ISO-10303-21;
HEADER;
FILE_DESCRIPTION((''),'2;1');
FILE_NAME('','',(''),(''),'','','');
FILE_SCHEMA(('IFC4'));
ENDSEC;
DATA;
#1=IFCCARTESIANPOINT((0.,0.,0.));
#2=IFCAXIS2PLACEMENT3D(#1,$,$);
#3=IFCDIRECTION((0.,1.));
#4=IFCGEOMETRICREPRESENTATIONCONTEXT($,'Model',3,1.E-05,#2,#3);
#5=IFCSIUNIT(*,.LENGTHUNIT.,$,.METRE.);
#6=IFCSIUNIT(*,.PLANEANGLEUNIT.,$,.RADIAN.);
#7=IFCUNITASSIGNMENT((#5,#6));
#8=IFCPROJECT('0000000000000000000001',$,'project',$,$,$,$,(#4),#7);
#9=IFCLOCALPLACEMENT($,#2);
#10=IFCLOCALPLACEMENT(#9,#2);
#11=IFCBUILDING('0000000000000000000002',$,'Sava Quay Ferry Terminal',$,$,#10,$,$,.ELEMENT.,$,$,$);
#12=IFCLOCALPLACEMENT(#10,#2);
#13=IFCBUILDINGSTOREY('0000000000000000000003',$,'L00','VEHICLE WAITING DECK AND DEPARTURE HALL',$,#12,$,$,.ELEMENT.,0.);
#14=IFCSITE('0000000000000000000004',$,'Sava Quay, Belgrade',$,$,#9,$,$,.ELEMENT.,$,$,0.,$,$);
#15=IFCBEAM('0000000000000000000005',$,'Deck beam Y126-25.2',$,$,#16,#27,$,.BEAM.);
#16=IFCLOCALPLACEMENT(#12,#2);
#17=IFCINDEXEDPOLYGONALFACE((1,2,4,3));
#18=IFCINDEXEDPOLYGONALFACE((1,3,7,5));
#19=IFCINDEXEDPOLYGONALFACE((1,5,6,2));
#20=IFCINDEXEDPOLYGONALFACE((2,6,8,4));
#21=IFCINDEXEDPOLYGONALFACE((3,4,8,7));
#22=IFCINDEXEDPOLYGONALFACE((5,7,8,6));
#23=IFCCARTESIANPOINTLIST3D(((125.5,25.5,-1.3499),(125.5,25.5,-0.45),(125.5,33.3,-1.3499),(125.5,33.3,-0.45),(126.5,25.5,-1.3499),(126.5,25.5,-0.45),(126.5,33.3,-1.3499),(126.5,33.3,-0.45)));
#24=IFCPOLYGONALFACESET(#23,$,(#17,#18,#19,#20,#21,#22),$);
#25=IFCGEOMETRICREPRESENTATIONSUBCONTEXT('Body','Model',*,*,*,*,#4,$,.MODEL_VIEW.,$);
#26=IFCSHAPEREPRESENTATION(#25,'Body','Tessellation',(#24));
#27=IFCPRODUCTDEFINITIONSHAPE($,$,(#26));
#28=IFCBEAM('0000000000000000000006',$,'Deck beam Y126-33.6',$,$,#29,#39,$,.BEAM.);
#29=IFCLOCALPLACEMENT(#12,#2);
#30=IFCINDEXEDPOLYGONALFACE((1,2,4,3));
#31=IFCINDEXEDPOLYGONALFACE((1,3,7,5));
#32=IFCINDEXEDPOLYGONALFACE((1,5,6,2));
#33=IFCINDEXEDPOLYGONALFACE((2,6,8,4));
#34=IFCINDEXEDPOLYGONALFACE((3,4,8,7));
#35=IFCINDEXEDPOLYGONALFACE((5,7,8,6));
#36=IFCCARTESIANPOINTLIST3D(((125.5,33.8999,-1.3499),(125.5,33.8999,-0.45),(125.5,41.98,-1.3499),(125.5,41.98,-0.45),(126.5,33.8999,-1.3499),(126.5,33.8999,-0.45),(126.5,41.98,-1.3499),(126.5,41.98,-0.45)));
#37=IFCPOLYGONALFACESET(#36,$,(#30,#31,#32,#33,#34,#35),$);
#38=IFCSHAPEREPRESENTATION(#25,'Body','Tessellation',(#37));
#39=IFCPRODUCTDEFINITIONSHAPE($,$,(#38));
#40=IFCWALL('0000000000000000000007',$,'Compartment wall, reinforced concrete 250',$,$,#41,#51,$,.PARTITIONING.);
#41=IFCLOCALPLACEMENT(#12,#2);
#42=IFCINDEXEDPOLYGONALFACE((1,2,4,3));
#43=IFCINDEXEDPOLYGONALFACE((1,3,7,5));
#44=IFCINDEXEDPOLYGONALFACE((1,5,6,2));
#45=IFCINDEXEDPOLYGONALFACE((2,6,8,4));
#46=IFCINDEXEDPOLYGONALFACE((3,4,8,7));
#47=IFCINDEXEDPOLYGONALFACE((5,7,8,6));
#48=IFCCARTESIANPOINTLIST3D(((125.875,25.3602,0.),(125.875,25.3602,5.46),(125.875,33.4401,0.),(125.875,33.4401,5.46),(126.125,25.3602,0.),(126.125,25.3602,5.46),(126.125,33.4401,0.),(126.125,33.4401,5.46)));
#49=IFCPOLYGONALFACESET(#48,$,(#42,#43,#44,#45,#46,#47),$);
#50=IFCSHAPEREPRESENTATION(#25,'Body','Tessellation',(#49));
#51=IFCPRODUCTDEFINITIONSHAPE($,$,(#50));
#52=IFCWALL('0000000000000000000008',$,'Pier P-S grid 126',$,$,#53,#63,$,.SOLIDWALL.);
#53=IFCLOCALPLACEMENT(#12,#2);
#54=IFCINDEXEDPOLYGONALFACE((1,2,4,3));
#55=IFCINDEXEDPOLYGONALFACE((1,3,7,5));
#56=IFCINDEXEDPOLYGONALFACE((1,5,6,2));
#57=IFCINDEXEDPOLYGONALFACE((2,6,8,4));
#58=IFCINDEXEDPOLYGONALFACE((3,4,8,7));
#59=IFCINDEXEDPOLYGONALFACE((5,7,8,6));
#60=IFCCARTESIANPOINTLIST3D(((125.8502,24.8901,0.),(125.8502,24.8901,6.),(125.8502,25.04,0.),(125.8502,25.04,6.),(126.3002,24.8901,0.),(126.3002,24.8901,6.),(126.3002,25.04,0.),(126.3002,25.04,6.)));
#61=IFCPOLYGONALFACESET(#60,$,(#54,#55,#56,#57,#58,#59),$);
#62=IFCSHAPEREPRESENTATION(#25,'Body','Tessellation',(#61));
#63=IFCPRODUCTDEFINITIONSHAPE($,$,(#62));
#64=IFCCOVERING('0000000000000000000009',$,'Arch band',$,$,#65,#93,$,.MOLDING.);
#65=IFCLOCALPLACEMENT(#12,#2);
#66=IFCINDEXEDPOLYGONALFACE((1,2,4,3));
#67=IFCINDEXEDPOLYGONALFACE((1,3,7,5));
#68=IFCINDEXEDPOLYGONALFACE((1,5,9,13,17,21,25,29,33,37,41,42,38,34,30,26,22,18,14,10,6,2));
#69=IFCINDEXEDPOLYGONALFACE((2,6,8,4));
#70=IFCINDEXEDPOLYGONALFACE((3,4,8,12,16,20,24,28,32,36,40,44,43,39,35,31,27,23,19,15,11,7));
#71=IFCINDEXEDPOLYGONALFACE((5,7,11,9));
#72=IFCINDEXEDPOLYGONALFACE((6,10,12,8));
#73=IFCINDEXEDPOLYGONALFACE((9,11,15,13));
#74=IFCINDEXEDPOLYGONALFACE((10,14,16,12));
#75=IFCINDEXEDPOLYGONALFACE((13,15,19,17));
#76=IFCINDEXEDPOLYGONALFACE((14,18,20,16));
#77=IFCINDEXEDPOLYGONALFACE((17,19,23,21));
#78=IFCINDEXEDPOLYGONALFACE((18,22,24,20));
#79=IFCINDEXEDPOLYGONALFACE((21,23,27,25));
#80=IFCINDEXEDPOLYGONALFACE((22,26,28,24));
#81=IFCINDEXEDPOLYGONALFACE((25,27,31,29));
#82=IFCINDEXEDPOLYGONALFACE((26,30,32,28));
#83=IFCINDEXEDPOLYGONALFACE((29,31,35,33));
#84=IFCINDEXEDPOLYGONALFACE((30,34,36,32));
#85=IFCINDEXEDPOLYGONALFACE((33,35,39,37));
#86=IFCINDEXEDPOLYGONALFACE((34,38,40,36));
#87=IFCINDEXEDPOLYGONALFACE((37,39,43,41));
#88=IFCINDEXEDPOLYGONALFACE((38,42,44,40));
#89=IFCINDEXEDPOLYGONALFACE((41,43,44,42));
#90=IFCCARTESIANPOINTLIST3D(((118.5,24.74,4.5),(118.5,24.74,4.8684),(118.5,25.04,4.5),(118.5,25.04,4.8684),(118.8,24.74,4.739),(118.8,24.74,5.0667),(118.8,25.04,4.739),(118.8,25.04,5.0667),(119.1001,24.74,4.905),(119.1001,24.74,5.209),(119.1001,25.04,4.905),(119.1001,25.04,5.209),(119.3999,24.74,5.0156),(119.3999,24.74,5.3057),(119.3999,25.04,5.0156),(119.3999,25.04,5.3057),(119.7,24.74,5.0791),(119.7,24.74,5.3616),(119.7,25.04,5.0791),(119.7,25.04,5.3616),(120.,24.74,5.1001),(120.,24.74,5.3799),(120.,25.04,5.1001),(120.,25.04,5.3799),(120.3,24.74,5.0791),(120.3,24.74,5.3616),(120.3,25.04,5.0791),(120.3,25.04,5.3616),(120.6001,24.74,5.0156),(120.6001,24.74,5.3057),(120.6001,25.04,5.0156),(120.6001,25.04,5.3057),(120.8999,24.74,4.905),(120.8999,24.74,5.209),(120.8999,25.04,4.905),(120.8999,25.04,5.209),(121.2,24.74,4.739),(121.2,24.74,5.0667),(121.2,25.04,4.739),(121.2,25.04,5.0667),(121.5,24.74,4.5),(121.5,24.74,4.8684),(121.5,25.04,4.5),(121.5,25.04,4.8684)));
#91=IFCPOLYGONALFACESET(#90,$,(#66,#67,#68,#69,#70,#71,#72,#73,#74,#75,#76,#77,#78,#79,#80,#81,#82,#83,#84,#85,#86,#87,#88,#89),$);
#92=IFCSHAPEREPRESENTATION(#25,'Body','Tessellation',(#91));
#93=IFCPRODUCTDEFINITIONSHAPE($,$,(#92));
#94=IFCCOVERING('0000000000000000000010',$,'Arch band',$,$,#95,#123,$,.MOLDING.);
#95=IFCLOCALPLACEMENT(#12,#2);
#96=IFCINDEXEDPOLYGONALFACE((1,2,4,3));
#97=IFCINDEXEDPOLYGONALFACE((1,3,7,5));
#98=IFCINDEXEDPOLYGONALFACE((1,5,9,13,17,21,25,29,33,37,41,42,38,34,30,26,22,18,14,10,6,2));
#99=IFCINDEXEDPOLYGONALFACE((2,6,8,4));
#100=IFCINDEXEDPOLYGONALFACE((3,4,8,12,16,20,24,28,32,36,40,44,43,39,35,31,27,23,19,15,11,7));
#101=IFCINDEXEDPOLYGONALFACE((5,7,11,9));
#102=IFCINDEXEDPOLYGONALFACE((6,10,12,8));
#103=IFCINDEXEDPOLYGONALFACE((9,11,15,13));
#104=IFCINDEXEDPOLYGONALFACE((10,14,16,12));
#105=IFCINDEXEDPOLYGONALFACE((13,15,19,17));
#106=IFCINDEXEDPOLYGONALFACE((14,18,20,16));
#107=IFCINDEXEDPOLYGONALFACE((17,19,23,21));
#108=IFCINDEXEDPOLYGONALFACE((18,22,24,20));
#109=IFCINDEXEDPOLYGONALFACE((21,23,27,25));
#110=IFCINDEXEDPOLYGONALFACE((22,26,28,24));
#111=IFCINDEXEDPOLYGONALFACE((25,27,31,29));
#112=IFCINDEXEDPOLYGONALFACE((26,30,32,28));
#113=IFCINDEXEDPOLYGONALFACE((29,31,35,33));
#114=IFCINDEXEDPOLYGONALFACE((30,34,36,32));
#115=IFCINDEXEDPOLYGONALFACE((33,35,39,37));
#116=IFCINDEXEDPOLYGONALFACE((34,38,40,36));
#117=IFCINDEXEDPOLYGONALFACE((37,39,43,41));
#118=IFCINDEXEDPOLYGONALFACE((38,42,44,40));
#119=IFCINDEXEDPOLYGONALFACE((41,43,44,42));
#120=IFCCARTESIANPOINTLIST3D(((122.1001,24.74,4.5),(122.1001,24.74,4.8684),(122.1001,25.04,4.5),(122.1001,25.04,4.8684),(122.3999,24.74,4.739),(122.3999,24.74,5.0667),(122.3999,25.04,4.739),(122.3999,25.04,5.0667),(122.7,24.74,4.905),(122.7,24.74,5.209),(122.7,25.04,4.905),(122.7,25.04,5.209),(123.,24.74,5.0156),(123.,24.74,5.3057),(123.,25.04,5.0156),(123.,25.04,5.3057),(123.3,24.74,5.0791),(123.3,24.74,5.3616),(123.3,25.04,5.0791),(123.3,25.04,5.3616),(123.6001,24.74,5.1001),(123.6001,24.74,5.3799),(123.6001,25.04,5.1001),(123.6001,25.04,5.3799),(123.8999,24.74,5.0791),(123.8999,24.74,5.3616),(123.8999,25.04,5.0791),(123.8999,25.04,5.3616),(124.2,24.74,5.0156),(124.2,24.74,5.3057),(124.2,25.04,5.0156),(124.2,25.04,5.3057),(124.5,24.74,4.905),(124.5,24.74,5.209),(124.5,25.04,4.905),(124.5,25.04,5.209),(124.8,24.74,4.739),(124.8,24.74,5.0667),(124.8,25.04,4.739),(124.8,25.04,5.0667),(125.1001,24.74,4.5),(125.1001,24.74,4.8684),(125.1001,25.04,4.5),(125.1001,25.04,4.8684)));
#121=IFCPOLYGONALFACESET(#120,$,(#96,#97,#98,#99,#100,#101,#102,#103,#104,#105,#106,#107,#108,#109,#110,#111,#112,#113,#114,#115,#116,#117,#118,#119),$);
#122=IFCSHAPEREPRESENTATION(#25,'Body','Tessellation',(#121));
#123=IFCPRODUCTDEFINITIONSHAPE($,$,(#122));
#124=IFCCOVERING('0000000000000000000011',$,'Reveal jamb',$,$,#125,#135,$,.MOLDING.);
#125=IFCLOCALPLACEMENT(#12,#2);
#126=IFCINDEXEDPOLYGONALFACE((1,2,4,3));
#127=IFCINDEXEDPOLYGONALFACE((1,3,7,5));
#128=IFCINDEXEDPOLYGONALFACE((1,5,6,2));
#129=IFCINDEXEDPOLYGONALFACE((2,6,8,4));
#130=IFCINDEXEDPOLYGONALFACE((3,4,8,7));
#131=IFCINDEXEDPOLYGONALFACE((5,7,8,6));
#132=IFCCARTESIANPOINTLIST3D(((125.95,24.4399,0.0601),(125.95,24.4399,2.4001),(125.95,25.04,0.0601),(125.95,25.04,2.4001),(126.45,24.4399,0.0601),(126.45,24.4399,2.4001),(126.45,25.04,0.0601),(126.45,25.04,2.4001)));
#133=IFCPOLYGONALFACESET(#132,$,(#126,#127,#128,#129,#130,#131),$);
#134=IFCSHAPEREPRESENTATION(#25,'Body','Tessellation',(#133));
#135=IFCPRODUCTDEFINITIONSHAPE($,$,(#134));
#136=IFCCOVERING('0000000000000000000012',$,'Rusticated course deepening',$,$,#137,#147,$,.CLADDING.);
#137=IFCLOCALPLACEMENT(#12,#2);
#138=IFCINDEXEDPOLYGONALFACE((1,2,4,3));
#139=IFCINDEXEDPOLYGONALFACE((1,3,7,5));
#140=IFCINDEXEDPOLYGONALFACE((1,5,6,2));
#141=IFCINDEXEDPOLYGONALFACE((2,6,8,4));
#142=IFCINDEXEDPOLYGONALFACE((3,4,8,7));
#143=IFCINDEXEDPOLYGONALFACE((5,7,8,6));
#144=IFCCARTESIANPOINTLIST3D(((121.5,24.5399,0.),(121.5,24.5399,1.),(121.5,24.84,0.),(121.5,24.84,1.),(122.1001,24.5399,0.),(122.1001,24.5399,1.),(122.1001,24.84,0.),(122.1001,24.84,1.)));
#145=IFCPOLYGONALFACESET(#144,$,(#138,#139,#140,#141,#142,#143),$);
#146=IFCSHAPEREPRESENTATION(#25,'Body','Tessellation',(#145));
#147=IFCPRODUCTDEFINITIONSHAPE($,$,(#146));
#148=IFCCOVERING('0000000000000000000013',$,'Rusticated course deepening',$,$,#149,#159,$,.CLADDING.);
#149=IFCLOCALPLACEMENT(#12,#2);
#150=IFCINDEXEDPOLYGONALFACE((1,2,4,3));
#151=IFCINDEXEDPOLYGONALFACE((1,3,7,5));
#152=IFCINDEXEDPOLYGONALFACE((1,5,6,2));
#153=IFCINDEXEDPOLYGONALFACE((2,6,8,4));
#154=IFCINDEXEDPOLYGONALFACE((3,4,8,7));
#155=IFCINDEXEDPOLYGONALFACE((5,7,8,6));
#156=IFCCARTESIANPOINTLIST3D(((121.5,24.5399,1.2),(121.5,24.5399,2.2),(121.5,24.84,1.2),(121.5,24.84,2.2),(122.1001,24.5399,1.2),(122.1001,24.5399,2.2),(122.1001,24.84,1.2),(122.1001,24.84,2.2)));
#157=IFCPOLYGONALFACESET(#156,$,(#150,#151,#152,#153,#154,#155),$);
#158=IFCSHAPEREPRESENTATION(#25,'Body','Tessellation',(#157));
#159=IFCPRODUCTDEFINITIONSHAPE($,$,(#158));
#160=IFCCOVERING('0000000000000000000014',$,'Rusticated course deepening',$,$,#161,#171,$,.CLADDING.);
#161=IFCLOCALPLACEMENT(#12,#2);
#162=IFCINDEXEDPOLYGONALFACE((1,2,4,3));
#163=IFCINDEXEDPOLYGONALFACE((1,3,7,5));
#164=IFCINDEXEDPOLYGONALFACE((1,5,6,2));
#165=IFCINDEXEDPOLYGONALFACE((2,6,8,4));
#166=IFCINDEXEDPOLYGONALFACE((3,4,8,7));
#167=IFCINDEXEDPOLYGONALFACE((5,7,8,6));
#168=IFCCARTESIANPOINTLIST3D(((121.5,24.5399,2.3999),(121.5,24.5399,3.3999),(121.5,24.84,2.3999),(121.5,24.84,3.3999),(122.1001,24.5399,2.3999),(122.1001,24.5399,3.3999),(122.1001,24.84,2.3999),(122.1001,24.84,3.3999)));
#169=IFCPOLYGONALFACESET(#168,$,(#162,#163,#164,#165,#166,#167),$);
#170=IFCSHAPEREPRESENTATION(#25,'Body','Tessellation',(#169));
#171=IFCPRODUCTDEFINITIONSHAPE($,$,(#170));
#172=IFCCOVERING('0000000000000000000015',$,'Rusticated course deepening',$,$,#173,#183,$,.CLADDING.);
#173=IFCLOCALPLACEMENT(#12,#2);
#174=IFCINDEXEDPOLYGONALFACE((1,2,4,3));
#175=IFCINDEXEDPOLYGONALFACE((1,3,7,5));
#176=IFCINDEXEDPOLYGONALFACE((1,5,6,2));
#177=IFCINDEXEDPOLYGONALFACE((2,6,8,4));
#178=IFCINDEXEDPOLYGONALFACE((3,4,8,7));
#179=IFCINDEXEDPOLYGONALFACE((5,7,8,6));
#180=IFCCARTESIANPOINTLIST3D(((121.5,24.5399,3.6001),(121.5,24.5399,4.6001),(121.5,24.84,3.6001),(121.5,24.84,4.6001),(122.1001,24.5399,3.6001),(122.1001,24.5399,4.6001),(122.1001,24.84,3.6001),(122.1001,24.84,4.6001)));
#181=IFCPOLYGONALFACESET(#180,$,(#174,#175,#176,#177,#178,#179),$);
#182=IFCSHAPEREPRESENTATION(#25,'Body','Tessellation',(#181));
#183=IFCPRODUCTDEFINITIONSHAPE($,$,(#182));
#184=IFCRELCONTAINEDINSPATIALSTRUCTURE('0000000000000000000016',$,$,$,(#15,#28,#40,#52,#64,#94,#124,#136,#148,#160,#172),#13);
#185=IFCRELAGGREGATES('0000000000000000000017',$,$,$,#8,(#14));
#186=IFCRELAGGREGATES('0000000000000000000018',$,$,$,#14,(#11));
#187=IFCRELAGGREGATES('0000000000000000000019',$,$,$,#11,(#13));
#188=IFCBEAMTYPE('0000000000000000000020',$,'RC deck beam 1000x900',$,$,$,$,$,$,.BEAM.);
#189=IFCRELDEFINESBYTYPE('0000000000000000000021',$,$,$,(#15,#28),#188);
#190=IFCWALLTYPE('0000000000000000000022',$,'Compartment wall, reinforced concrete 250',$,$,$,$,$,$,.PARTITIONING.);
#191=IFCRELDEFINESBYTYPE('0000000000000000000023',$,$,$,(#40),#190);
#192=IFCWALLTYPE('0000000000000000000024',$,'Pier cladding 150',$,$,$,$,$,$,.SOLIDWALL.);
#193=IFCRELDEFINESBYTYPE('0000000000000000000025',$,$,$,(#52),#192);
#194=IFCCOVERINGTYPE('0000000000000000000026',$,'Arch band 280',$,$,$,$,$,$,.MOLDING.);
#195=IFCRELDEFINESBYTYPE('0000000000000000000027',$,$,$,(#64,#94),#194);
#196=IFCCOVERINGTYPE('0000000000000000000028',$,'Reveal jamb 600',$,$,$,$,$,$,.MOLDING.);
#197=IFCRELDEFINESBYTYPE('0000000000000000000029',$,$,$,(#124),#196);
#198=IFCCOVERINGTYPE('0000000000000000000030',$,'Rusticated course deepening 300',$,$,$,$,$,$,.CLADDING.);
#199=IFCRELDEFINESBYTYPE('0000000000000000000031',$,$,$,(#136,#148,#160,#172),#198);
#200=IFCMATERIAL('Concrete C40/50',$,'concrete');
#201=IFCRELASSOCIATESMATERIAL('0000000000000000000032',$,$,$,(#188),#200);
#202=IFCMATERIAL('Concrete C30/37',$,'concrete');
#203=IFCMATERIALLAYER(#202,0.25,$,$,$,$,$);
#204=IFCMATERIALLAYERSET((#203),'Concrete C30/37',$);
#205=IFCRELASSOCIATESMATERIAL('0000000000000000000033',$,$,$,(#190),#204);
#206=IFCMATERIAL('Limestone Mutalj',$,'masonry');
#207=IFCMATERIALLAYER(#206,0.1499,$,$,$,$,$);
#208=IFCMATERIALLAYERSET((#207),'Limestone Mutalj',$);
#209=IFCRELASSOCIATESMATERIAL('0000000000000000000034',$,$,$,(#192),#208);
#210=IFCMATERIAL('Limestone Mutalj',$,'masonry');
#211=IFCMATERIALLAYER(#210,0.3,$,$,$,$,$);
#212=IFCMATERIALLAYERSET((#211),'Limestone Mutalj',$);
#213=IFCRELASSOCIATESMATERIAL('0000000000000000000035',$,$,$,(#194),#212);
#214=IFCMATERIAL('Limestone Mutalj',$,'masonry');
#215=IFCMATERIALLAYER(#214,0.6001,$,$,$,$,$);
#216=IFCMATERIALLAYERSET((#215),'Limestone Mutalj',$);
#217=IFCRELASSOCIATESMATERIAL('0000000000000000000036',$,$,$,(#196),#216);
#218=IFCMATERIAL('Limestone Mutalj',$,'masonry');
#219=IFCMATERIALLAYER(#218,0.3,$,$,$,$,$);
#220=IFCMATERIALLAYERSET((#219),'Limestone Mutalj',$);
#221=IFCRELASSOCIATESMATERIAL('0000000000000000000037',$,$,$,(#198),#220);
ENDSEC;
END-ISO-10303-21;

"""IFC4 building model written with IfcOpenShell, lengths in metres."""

from ifc_helpers import new_model, si_unit, direction, frame, frame_2d, origin, origin_2d, place, context, subcontext, project, spatial, polyline, rectangle, outline, extrude, material, layer, layer_set, material_profile, profile_set, type_object, element, save


model = new_model("IFC4")

# Units and contexts
model_context = context("Model", 3, precision=1e-05, world=origin(), true_north=direction((0.0, 1.0)))
body_context = subcontext(model_context, "Body", "Model", "MODEL_VIEW")
ifc_project = project(units=[si_unit("LENGTHUNIT", "METRE"), si_unit("PLANEANGLEUNIT", "RADIAN")], contexts=[model_context])

# Site, building, storey
site_placement = place(None, origin())
site = spatial("IfcSite", under=ifc_project, at=site_placement, Name="Sava Quay, Belgrade", CompositionType="ELEMENT", RefElevation=0.0)
building_placement = place(site_placement, origin())
building = spatial("IfcBuilding", under=site, at=building_placement, Name="Sava Quay Ferry Terminal", CompositionType="ELEMENT")
storey_placement = place(building_placement, origin())
storey = spatial("IfcBuildingStorey", under=building, at=storey_placement, Name="L00", Description="VEHICLE WAITING DECK AND DEPARTURE HALL", CompositionType="ELEMENT", Elevation=0.0)

# Beams
ifc_material_1 = material(Name="Concrete C40/50", Category="concrete")
ifc_material_profile_1 = material_profile(ifc_material_1, rectangle(XDim=1.0, YDim=0.8999, at=origin_2d()), Name="RC 1000x900")
ifc_profile_set_1 = profile_set([ifc_material_profile_1], Name="Concrete C40/50")
beam_type = type_object("IfcBeamType", Name="RC deck beam 1000x900", PredefinedType="BEAM", material=ifc_profile_set_1)
for number, where, z_axis, x_axis, name in (
    (1, (126.0, 25.5, -0.8999), (0.0, 1.0, 0.0), (-1.0, 0.0, 0.0), "Deck beam Y126-25.2"),
):
    element("IfcBeam", number, at=place(storey_placement, frame(where, z_axis=z_axis, x_axis=x_axis)), inside=storey, type_object=beam_type, Name=name, PredefinedType="BEAM", context=body_context, shape_type="SweptSolid", body=[
        extrude(rectangle(XDim=1.0, YDim=0.8999, at=origin_2d()), origin(), (0.0, 0.0, 1.0), 7.8),
    ])
beam_placement = place(storey_placement, frame((126.0, 33.8999, -0.8999), z_axis=(0.0, 1.0, 0.0), x_axis=(-1.0, 0.0, 0.0)))
element("IfcBeam", 2, at=beam_placement, inside=storey, type_object=beam_type, Name="Deck beam Y126-33.6", PredefinedType="BEAM", context=body_context, shape_type="SweptSolid", body=[
    extrude(rectangle(XDim=1.0, YDim=0.8999, at=origin_2d()), origin(), (0.0, 0.0, 1.0), 8.0801),
])

# Wall
ifc_material_2 = material(Name="Concrete C30/37", Category="concrete")
ifc_layer_1 = layer(ifc_material_2, 0.25)
ifc_layer_set_1 = layer_set([ifc_layer_1], Name="Concrete C30/37")
wall_type_1 = type_object("IfcWallType", Name="Compartment wall, reinforced concrete 250", PredefinedType="PARTITIONING", material=ifc_layer_set_1)
wall_1_placement = place(storey_placement, frame((126.0, 25.3601, 0.0), z_axis=(0.0, 0.0, 1.0), x_axis=(0.0, 1.0, 0.0)))
element("IfcWall", 3, at=wall_1_placement, inside=storey, type_object=wall_type_1, Name="Compartment wall, reinforced concrete 250", PredefinedType="PARTITIONING", context=body_context, shape_type="SweptSolid", body=[
    extrude(rectangle(XDim=8.0798, YDim=0.25, at=frame_2d((4.04, 0.0))), origin(), (0.0, 0.0, 1.0), 5.46),
])

# Wall
ifc_material_3 = material(Name="Limestone Mutalj", Category="masonry")
ifc_layer_2 = layer(ifc_material_3, 0.1499)
ifc_layer_set_2 = layer_set([ifc_layer_2], Name="Limestone Mutalj")
wall_type_2 = type_object("IfcWallType", Name="Pier cladding 150", PredefinedType="SOLIDWALL", material=ifc_layer_set_2)
wall_2_placement = place(storey_placement, frame((125.8501, 24.9651, 0.0), z_axis=(0.0, 0.0, 1.0), x_axis=(1.0, 0.0, 0.0)))
element("IfcWall", 4, at=wall_2_placement, inside=storey, type_object=wall_type_2, Name="Pier P-S grid 126", PredefinedType="SOLIDWALL", context=body_context, shape_type="SweptSolid", body=[
    extrude(rectangle(XDim=0.45, YDim=0.1499, at=frame_2d((0.2251, 0.0))), origin(), (0.0, 0.0, 1.0), 6.0),
])

# Coverings
ifc_material_4 = material(Name="Limestone Mutalj", Category="masonry")
ifc_layer_3 = layer(ifc_material_4, 0.3)
ifc_layer_set_3 = layer_set([ifc_layer_3], Name="Limestone Mutalj")
covering_type_1 = type_object("IfcCoveringType", Name="Arch band 280", PredefinedType="MOLDING", material=ifc_layer_set_3)
covering_1_placement = place(storey_placement, frame((118.5, 24.74, 4.5), z_axis=(0.0, -1.0, 0.0), x_axis=(0.782171, 0.0, 0.623064)))
element("IfcCovering", 5, at=covering_1_placement, inside=storey, type_object=covering_type_1, Name="Arch band", PredefinedType="MOLDING", context=body_context, shape_type="SweptSolid", body=[
    extrude(outline(polyline([(0.0, 0.0), (0.3836, 0.0), (0.7217, -0.0571), (1.0251, -0.1574), (1.2994, -0.2947), (1.5472, -0.4652), (1.7688, -0.6686), (1.9639, -0.9052), (2.1295, -1.1785), (2.2607, -1.4953), (2.3465, -1.8692), (2.5761, -1.581), (2.4649, -1.239), (2.3189, -0.9407), (2.1446, -0.6783), (1.9448, -0.4476), (1.7215, -0.2464), (1.4754, -0.0737), (1.2059, 0.0695), (0.9111, 0.1806), (0.5877, 0.2563), (0.2295, 0.2882), (0.0, 0.0)])), origin(), (0.0, 0.0, -1.0), 0.3),
])
covering_2_placement = place(storey_placement, frame((122.1001, 24.74, 4.5), z_axis=(0.0, -1.0, 0.0), x_axis=(0.781924, 0.0, 0.623374)))
element("IfcCovering", 6, at=covering_2_placement, inside=storey, type_object=covering_type_1, Name="Arch band", PredefinedType="MOLDING", context=body_context, shape_type="SweptSolid", body=[
    extrude(outline(polyline([(0.0, 0.0), (0.3834, 0.0), (0.7215, -0.0572), (1.0251, -0.1578), (1.2993, -0.2952), (1.547, -0.4658), (1.7683, -0.6691), (1.9634, -0.9058), (2.129, -1.1793), (2.2602, -1.4962), (2.3458, -1.8701), (2.5754, -1.5821), (2.4644, -1.24), (2.3185, -0.9417), (2.1442, -0.679), (1.9444, -0.4483), (1.7214, -0.2471), (1.4754, -0.0743), (1.2059, 0.069), (0.911, 0.1804), (0.5877, 0.2562), (0.2297, 0.2881), (0.0, 0.0)])), origin(), (0.0, 0.0, -1.0), 0.3),
])
ifc_material_5 = material(Name="Limestone Mutalj", Category="masonry")
ifc_layer_4 = layer(ifc_material_5, 0.6001)
ifc_layer_set_4 = layer_set([ifc_layer_4], Name="Limestone Mutalj")
covering_type_2 = type_object("IfcCoveringType", Name="Reveal jamb 600", PredefinedType="MOLDING", material=ifc_layer_set_4)
covering_3_placement = place(storey_placement, frame((126.2, 24.74, 0.0601), z_axis=(0.0, 0.0, 1.0), x_axis=(1.0, 0.0, 0.0)))
element("IfcCovering", 7, at=covering_3_placement, inside=storey, type_object=covering_type_2, Name="Reveal jamb", PredefinedType="MOLDING", context=body_context, shape_type="SweptSolid", body=[
    extrude(rectangle(XDim=0.5, YDim=0.6001, at=origin_2d()), origin(), (0.0, 0.0, 1.0), 2.3401),
])
ifc_material_6 = material(Name="Limestone Mutalj", Category="masonry")
ifc_layer_5 = layer(ifc_material_6, 0.3)
ifc_layer_set_5 = layer_set([ifc_layer_5], Name="Limestone Mutalj")
covering_type_3 = type_object("IfcCoveringType", Name="Rusticated course deepening 300", PredefinedType="CLADDING", material=ifc_layer_set_5)
for number, where, z_axis, x_axis, name in (
    (8, (121.8, 24.6899, 0.0), (0.0, 0.0, 1.0), (1.0, 0.0, 0.0), "Rusticated course deepening"),
    (9, (121.8, 24.6899, 1.2), (0.0, 0.0, 1.0), (1.0, 0.0, 0.0), "Rusticated course deepening"),
    (10, (121.8, 24.6899, 2.3999), (0.0, 0.0, 1.0), (1.0, 0.0, 0.0), "Rusticated course deepening"),
    (11, (121.8, 24.6899, 3.6001), (0.0, 0.0, 1.0), (1.0, 0.0, 0.0), "Rusticated course deepening"),
):
    element("IfcCovering", number, at=place(storey_placement, frame(where, z_axis=z_axis, x_axis=x_axis)), inside=storey, type_object=covering_type_3, Name=name, PredefinedType="CLADDING", context=body_context, shape_type="SweptSolid", body=[
        extrude(rectangle(XDim=0.6001, YDim=0.3, at=origin_2d()), origin(), (0.0, 0.0, 1.0), 1.0),
    ])

save(model, "model.ifc")
